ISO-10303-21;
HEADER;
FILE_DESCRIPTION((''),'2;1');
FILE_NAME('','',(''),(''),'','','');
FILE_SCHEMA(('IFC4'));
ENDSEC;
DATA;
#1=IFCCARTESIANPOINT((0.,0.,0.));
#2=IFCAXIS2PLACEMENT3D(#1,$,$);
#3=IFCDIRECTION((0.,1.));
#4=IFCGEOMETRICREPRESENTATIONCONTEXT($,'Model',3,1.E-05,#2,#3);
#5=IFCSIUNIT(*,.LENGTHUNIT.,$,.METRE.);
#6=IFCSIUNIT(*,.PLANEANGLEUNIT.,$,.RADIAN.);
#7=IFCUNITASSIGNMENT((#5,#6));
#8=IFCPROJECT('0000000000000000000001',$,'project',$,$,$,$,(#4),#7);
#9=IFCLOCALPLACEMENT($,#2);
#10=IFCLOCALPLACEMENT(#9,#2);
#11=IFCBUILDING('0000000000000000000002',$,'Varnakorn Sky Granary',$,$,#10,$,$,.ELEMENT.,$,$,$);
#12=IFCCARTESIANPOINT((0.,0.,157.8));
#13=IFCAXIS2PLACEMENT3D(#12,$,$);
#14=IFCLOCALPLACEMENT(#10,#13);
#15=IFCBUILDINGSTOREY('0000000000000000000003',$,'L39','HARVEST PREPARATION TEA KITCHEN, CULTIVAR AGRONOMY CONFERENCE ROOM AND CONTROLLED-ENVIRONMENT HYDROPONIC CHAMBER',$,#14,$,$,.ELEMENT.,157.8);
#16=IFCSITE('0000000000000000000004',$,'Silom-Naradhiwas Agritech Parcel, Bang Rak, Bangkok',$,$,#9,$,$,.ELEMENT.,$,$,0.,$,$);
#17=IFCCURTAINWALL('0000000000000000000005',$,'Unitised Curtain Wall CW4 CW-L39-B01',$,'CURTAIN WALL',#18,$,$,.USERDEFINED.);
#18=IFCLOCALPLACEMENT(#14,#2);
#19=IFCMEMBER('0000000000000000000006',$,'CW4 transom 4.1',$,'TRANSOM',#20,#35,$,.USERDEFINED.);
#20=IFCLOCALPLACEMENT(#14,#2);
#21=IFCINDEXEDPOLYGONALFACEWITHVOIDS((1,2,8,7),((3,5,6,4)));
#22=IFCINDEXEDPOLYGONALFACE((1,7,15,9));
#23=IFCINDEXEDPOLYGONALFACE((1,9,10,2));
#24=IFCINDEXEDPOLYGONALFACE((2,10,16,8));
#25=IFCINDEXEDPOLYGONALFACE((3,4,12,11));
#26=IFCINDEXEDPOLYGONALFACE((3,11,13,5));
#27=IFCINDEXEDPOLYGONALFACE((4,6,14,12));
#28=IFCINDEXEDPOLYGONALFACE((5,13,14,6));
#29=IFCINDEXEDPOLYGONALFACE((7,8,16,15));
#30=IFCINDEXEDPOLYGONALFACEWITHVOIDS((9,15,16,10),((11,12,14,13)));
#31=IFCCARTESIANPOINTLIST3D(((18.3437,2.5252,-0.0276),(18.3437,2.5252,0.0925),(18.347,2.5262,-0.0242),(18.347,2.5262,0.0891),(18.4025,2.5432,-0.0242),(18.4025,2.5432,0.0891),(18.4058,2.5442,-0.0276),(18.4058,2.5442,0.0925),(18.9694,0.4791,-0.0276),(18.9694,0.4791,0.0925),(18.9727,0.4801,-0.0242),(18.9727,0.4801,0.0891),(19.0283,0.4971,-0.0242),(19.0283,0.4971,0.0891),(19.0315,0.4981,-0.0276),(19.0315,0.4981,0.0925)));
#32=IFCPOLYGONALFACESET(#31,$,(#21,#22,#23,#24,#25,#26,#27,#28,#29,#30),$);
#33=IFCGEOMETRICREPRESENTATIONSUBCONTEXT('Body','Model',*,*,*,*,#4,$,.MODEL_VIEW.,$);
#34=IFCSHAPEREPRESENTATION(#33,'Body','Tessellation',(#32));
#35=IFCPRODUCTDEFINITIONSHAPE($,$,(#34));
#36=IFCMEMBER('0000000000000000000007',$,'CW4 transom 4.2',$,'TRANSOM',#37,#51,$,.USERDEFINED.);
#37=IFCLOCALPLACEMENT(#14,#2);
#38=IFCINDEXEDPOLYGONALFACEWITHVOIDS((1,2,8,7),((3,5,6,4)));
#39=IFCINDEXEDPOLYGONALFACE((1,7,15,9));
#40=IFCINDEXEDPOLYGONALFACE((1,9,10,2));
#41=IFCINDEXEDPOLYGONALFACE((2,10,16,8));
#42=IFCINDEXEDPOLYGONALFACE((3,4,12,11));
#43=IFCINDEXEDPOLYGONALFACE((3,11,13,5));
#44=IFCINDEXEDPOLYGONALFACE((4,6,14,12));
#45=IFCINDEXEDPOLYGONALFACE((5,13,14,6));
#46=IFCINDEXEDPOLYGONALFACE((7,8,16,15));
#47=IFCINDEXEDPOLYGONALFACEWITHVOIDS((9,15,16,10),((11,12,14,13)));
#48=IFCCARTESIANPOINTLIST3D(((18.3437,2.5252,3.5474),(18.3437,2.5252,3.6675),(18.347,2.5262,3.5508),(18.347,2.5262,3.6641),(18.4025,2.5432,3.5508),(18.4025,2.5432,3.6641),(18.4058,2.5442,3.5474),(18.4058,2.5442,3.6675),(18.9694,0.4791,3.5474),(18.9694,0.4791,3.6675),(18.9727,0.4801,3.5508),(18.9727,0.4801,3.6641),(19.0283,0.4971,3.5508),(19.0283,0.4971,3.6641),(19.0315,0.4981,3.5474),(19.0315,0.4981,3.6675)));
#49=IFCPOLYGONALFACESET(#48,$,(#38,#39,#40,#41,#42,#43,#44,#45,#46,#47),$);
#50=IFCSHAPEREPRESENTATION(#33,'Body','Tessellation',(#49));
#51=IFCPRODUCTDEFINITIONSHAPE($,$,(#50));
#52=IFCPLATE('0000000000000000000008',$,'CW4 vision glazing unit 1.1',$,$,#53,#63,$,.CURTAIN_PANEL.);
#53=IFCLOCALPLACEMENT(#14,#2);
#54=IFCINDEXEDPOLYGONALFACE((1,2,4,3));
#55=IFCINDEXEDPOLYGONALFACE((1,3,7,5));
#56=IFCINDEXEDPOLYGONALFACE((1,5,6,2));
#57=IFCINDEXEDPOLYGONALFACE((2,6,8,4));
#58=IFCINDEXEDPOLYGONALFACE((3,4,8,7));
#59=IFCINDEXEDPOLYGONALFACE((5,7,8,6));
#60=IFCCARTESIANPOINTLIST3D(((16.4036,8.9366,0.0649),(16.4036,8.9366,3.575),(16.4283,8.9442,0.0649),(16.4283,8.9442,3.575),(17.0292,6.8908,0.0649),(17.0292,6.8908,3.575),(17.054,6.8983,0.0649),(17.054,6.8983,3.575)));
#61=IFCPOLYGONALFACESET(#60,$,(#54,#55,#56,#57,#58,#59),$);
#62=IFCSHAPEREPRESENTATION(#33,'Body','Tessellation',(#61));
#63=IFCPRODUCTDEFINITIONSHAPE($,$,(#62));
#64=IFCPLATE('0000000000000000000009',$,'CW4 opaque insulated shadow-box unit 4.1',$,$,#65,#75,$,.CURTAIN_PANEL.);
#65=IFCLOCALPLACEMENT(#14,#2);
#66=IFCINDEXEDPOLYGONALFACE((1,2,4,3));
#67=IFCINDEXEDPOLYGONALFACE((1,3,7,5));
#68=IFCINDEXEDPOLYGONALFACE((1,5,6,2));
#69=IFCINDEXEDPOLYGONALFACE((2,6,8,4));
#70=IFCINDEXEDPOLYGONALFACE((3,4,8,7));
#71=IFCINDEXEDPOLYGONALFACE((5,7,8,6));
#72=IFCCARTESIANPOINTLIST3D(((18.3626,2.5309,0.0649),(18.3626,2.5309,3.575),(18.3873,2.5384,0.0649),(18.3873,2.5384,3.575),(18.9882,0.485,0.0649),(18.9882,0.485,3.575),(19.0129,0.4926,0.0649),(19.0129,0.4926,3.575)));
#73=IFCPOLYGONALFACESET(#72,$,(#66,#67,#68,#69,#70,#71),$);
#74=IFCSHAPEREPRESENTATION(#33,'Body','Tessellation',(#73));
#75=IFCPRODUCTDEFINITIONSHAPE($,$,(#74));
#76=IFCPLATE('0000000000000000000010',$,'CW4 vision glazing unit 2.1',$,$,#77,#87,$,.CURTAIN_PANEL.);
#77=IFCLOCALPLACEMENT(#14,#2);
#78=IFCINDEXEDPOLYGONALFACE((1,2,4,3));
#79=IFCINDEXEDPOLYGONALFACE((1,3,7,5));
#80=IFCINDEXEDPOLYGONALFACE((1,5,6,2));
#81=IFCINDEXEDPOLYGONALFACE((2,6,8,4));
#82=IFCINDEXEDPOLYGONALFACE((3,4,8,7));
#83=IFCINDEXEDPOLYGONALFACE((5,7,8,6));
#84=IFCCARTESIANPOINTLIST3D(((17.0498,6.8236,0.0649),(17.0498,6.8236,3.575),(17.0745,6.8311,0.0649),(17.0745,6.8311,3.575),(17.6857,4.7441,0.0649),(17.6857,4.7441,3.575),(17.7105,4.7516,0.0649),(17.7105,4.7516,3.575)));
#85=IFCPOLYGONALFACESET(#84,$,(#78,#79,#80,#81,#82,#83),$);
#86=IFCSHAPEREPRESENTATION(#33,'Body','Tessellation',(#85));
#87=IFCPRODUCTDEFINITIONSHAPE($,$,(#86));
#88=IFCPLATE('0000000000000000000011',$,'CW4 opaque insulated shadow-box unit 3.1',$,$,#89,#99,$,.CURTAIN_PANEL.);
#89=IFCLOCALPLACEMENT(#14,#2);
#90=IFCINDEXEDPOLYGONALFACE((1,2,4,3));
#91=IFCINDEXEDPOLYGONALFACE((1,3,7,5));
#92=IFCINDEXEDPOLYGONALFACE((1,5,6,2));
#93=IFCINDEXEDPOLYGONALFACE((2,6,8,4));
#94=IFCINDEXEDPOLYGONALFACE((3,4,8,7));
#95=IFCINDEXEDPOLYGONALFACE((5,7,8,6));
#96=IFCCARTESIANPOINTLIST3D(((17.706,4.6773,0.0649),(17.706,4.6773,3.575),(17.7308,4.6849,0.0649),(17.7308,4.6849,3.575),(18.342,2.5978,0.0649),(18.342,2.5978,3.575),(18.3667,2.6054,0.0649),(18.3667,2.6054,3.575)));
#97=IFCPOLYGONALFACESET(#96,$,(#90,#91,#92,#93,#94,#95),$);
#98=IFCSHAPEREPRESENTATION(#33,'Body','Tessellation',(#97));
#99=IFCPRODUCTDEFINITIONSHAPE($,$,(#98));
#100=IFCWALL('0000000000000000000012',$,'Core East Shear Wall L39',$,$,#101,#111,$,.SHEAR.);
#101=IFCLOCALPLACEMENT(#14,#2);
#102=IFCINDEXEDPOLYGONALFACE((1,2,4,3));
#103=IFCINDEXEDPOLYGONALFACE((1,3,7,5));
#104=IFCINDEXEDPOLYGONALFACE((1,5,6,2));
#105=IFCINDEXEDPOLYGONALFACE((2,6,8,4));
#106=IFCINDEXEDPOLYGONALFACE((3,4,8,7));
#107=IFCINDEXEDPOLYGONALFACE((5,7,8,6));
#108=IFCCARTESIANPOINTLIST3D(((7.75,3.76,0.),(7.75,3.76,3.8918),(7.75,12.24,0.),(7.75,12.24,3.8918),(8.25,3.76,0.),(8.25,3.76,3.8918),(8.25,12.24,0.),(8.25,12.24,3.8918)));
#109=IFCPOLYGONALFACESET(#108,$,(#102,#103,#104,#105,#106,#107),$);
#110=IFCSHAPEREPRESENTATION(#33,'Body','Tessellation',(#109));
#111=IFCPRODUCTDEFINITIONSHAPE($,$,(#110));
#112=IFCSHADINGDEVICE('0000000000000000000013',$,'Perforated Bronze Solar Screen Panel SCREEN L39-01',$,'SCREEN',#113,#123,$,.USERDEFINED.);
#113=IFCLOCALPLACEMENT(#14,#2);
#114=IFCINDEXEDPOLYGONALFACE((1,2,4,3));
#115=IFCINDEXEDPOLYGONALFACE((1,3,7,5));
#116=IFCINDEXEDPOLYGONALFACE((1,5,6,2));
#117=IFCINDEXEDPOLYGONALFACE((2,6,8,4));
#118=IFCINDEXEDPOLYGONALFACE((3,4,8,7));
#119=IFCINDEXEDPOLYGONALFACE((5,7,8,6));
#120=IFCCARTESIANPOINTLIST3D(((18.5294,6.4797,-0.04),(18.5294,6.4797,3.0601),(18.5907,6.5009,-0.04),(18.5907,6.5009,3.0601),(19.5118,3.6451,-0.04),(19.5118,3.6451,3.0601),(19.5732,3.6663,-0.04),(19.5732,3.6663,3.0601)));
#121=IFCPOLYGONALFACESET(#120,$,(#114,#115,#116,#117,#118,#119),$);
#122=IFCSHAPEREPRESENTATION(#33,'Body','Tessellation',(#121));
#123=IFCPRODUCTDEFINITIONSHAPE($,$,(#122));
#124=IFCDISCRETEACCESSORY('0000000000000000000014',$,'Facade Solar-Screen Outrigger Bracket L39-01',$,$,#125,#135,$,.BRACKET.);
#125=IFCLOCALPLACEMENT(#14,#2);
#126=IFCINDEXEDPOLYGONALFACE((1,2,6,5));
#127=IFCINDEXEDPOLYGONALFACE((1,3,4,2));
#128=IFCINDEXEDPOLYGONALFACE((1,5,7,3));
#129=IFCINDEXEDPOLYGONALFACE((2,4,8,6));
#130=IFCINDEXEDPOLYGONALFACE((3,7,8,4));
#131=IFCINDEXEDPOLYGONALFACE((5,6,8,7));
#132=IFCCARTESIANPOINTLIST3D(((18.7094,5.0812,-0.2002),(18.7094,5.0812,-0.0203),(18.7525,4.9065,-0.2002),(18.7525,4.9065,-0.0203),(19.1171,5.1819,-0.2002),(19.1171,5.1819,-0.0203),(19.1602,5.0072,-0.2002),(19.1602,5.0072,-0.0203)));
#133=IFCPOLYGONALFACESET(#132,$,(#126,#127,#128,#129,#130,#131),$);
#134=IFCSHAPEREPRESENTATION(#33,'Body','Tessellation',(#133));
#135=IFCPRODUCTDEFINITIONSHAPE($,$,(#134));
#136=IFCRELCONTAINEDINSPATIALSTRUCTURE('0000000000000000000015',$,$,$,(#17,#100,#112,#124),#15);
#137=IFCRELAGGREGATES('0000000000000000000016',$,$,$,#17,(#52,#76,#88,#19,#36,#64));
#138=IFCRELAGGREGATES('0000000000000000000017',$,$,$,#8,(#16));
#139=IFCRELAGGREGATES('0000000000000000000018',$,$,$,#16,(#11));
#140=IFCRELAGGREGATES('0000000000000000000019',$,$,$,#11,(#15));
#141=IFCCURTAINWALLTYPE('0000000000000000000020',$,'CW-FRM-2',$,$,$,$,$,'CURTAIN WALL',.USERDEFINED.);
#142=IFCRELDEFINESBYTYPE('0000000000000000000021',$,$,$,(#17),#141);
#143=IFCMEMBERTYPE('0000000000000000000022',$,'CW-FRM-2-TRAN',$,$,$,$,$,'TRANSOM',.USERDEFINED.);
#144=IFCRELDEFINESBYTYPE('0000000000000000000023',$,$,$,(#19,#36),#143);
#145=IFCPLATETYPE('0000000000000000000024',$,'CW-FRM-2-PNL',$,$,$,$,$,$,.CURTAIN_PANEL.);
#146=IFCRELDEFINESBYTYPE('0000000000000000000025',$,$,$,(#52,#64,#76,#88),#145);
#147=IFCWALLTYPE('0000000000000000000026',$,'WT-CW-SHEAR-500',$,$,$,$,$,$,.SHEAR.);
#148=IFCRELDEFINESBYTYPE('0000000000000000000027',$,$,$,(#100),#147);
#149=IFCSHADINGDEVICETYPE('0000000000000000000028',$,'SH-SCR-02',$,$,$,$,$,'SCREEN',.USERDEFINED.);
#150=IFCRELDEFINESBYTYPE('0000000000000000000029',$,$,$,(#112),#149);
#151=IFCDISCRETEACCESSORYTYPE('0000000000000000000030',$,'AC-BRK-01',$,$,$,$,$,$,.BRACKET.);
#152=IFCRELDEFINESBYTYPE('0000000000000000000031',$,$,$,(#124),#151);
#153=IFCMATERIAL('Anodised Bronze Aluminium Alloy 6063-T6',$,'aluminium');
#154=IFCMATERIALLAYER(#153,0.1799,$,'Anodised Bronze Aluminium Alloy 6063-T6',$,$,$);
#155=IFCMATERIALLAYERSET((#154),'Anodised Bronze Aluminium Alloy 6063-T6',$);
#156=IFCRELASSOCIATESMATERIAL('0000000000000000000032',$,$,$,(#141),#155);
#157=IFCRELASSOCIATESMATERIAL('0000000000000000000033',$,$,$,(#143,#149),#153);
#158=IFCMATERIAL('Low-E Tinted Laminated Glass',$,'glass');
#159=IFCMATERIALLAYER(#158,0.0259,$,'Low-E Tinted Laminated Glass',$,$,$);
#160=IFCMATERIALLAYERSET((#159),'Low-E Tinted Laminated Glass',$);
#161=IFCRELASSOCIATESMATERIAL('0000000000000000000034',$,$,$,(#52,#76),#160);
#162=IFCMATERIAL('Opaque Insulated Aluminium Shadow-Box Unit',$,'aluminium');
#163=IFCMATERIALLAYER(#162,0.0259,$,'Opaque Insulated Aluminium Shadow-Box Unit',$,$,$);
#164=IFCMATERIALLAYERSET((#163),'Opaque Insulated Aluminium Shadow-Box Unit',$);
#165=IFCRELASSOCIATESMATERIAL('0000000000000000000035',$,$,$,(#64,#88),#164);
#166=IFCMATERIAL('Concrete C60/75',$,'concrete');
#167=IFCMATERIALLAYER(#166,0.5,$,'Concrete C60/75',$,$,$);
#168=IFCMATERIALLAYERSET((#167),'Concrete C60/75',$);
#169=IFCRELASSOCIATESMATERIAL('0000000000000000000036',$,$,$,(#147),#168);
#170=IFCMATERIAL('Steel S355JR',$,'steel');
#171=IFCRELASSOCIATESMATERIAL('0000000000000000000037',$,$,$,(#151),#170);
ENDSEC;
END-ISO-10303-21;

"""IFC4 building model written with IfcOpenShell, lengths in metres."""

from ifc_helpers import new_model, si_unit, direction, frame, frame_2d, origin, origin_2d, place, context, subcontext, project, spatial, rectangle, hollow_rectangle, extrude, source, transform, mapped, material, layer, layer_set, material_profile, profile_set, type_object, type_shapes, element, aggregate, save


model = new_model("IFC4")

# Units and contexts
model_context = context("Model", 3, precision=1e-05, world=origin(), true_north=direction((0.0, 1.0)))
body_context = subcontext(model_context, "Body", "Model", "MODEL_VIEW")
ifc_project = project(units=[si_unit("LENGTHUNIT", "METRE"), si_unit("PLANEANGLEUNIT", "RADIAN")], contexts=[model_context])

# Site, building, storey
site_placement = place(None, origin())
site = spatial("IfcSite", under=ifc_project, at=site_placement, Name="Silom-Naradhiwas Agritech Parcel, Bang Rak, Bangkok", CompositionType="ELEMENT", RefElevation=0.0)
building_placement = place(site_placement, origin())
building = spatial("IfcBuilding", under=site, at=building_placement, Name="Varnakorn Sky Granary", CompositionType="ELEMENT")
storey_placement = place(building_placement, frame((0.0, 0.0, 157.8)))
storey = spatial("IfcBuildingStorey", under=building, at=storey_placement, Name="L39", Description="HARVEST PREPARATION TEA KITCHEN, CULTIVAR AGRONOMY CONFERENCE ROOM AND CONTROLLED-ENVIRONMENT HYDROPONIC CHAMBER", CompositionType="ELEMENT", Elevation=157.8)

# Shared definitions
ifc_material_1 = material(Name="Concrete C60/75", Category="concrete")

# Curtain wall, members, plates
ifc_material_2 = material(Name="Anodised Bronze Aluminium Alloy 6063-T6", Category="aluminium")
ifc_layer_1 = layer(ifc_material_2, 0.1799, Name="Anodised Bronze Aluminium Alloy 6063-T6")
ifc_layer_set_1 = layer_set([ifc_layer_1], Name="Anodised Bronze Aluminium Alloy 6063-T6")
curtain_wall_type = type_object("IfcCurtainWallType", Name="CW-FRM-2", ElementType="CURTAIN WALL", PredefinedType="USERDEFINED", material=ifc_layer_set_1)
curtain_wall_placement = place(storey_placement, origin())
curtain_wall = element("IfcCurtainWall", 1, at=curtain_wall_placement, inside=storey, type_object=curtain_wall_type, Name="Unitised Curtain Wall CW4 CW-L39-B01", ObjectType="CURTAIN WALL", PredefinedType="USERDEFINED")
ifc_material_profile_1 = material_profile(ifc_material_2, hollow_rectangle(XDim=0.0649, YDim=0.1201, WallThickness=0.0034, at=origin_2d()), Name="ALU TRAN 65x120")
ifc_profile_set_1 = profile_set([ifc_material_profile_1], Name="Anodised Bronze Aluminium Alloy 6063-T6")
member_type_1 = type_object("IfcMemberType", Name="CW-FRM-2-TRAN", ElementType="TRANSOM", PredefinedType="USERDEFINED", material=ifc_profile_set_1)
member_1_placement = place(storey_placement, frame((18.3748, 2.5347, 0.0325), z_axis=(0.292442, -0.956283, 0.0), x_axis=(0.956283, 0.292442, 0.0)))
member_1 = element("IfcMember", 2, at=member_1_placement, type_object=member_type_1, Name="CW4 transom 4.1", ObjectType="TRANSOM", PredefinedType="USERDEFINED", context=body_context, shape_type="SweptSolid", body=[
    extrude(hollow_rectangle(XDim=0.0649, YDim=0.1201, WallThickness=0.0034, at=origin_2d()), origin(), (0.0, 0.0, 1.0), 2.1396),
])
member_2_placement = place(storey_placement, frame((18.3748, 2.5347, 3.6074), z_axis=(0.292442, -0.956283, 0.0), x_axis=(0.956283, 0.292442, 0.0)))
member_2 = element("IfcMember", 3, at=member_2_placement, type_object=member_type_1, Name="CW4 transom 4.2", ObjectType="TRANSOM", PredefinedType="USERDEFINED", context=body_context, shape_type="SweptSolid", body=[
    extrude(hollow_rectangle(XDim=0.0649, YDim=0.1201, WallThickness=0.0034, at=origin_2d()), origin(), (0.0, 0.0, 1.0), 2.1396),
])
ifc_material_3 = material(Name="Low-E Tinted Laminated Glass", Category="glass")
ifc_layer_2 = layer(ifc_material_3, 0.0259, Name="Low-E Tinted Laminated Glass")
ifc_layer_set_2 = layer_set([ifc_layer_2], Name="Low-E Tinted Laminated Glass")
plate_type = type_object("IfcPlateType", Name="CW-FRM-2-PNL", PredefinedType="CURTAIN_PANEL")
shared_shape_1 = source(origin(), body_context, "Body", "SweptSolid", [
    extrude(rectangle(XDim=2.1394, YDim=0.0259, at=origin_2d()), origin(), (0.0, 0.0, 1.0), 3.51),
])
plate_1_placement = place(storey_placement, frame((16.7288, 7.9175, 0.0649), z_axis=(0.0, 0.0, 1.0), x_axis=(0.292435, -0.956285, 0.0)))
plate_1 = element("IfcPlate", 4, at=plate_1_placement, type_object=plate_type, material=ifc_layer_set_2, Name="CW4 vision glazing unit 1.1", PredefinedType="CURTAIN_PANEL", context=body_context, shape_type="MappedRepresentation", body=[
    mapped(shared_shape_1, transform((0.0, 0.0, 0.0), x_axis=(1.0, 0.0, 0.0), y_axis=(0.0, 1.0, 0.0), z_axis=(0.0, 0.0, 1.0), scale=1.0)),
])
ifc_material_4 = material(Name="Opaque Insulated Aluminium Shadow-Box Unit", Category="aluminium")
ifc_layer_3 = layer(ifc_material_4, 0.0259, Name="Opaque Insulated Aluminium Shadow-Box Unit")
ifc_layer_set_3 = layer_set([ifc_layer_3], Name="Opaque Insulated Aluminium Shadow-Box Unit")
plate_2_placement = place(storey_placement, frame((18.6877, 1.5117, 0.0649), z_axis=(0.0, 0.0, 1.0), x_axis=(0.292435, -0.956285, 0.0)))
plate_2 = element("IfcPlate", 5, at=plate_2_placement, type_object=plate_type, material=ifc_layer_set_3, Name="CW4 opaque insulated shadow-box unit 4.1", PredefinedType="CURTAIN_PANEL", context=body_context, shape_type="MappedRepresentation", body=[
    mapped(shared_shape_1, transform((0.0, 0.0, 0.0), x_axis=(1.0, 0.0, 0.0), y_axis=(0.0, 1.0, 0.0), z_axis=(0.0, 0.0, 1.0), scale=1.0)),
])
shared_shape_2 = source(origin(), body_context, "Body", "SweptSolid", [
    extrude(rectangle(XDim=2.1746, YDim=0.0259, at=origin_2d()), origin(), (0.0, 0.0, 1.0), 3.51),
])
type_shapes(plate_type, [shared_shape_1, shared_shape_2])
plate_3_placement = place(storey_placement, frame((17.3801, 5.7876, 0.0649), z_axis=(0.0, 0.0, 1.0), x_axis=(0.292435, -0.956285, 0.0)))
plate_3 = element("IfcPlate", 6, at=plate_3_placement, type_object=plate_type, material=ifc_layer_set_2, Name="CW4 vision glazing unit 2.1", PredefinedType="CURTAIN_PANEL", context=body_context, shape_type="MappedRepresentation", body=[
    mapped(shared_shape_2, transform((0.0, 0.0, 0.0), x_axis=(1.0, 0.0, 0.0), y_axis=(0.0, 1.0, 0.0), z_axis=(0.0, 0.0, 1.0), scale=1.0)),
])
plate_4_placement = place(storey_placement, frame((18.0364, 3.6414, 0.0649), z_axis=(0.0, 0.0, 1.0), x_axis=(0.292435, -0.956285, 0.0)))
plate_4 = element("IfcPlate", 7, at=plate_4_placement, type_object=plate_type, material=ifc_layer_set_3, Name="CW4 opaque insulated shadow-box unit 3.1", PredefinedType="CURTAIN_PANEL", context=body_context, shape_type="MappedRepresentation", body=[
    mapped(shared_shape_2, transform((0.0, 0.0, 0.0), x_axis=(1.0, 0.0, 0.0), y_axis=(0.0, 1.0, 0.0), z_axis=(0.0, 0.0, 1.0), scale=1.0)),
])
aggregate(curtain_wall, [plate_1, plate_3, plate_4, member_1, member_2, plate_2])

# Wall
ifc_layer_4 = layer(ifc_material_1, 0.5, Name="Concrete C60/75")
ifc_layer_set_4 = layer_set([ifc_layer_4], Name="Concrete C60/75")
wall_type = type_object("IfcWallType", Name="WT-CW-SHEAR-500", PredefinedType="SHEAR", material=ifc_layer_set_4)
wall_placement = place(storey_placement, frame((8.0, 3.76, 0.0), z_axis=(0.0, 0.0, 1.0), x_axis=(0.0, 1.0, 0.0)))
element("IfcWall", 8, at=wall_placement, inside=storey, type_object=wall_type, Name="Core East Shear Wall L39", PredefinedType="SHEAR", context=body_context, shape_type="SweptSolid", body=[
    extrude(rectangle(XDim=8.48, YDim=0.5, at=frame_2d((4.24, 0.0))), origin(), (0.0, 0.0, 1.0), 3.8918),
])

# Shading device
shading_device_type = type_object("IfcShadingDeviceType", Name="SH-SCR-02", ElementType="SCREEN", PredefinedType="USERDEFINED", material=ifc_material_2)
shared_shape_3 = source(origin(), body_context, "Body", "SweptSolid", [
    extrude(rectangle(XDim=3.0, YDim=0.0649, at=origin_2d()), origin(), (0.0, 0.0, 1.0), 3.1001),
])
type_shapes(shading_device_type, [shared_shape_3])
shading_device_placement = place(storey_placement, frame((19.0513, 5.073, -0.04), z_axis=(0.0, 0.0, 1.0), x_axis=(-0.327479, 0.944858, 0.0)))
element("IfcShadingDevice", 9, at=shading_device_placement, inside=storey, type_object=shading_device_type, Name="Perforated Bronze Solar Screen Panel SCREEN L39-01", ObjectType="SCREEN", PredefinedType="USERDEFINED", context=body_context, shape_type="MappedRepresentation", body=[
    mapped(shared_shape_3, transform((0.0, 0.0, 0.0), x_axis=(1.0, 0.0, 0.0), y_axis=(0.0, 1.0, 0.0), z_axis=(0.0, 0.0, 1.0), scale=1.0)),
])

# Discrete accessory
ifc_material_5 = material(Name="Steel S355JR", Category="steel")
discrete_accessory_type = type_object("IfcDiscreteAccessoryType", Name="AC-BRK-01", PredefinedType="BRACKET", material=ifc_material_5)
shared_shape_4 = source(origin(), body_context, "Body", "SweptSolid", [
    extrude(rectangle(XDim=0.1799, YDim=0.4199, at=origin_2d()), origin(), (0.0, 0.0, 1.0), 0.1799),
])
type_shapes(discrete_accessory_type, [shared_shape_4])
discrete_accessory_placement = place(storey_placement, frame((18.9348, 5.0442, -0.2002), z_axis=(0.0, 0.0, 1.0), x_axis=(-0.23965, 0.970859, 0.0)))
element("IfcDiscreteAccessory", 10, at=discrete_accessory_placement, inside=storey, type_object=discrete_accessory_type, Name="Facade Solar-Screen Outrigger Bracket L39-01", PredefinedType="BRACKET", context=body_context, shape_type="MappedRepresentation", body=[
    mapped(shared_shape_4, transform((0.0, 0.0, 0.0), x_axis=(1.0, 0.0, 0.0), y_axis=(0.0, 1.0, 0.0), z_axis=(0.0, 0.0, 1.0), scale=1.0)),
])

save(model, "model.ifc")
